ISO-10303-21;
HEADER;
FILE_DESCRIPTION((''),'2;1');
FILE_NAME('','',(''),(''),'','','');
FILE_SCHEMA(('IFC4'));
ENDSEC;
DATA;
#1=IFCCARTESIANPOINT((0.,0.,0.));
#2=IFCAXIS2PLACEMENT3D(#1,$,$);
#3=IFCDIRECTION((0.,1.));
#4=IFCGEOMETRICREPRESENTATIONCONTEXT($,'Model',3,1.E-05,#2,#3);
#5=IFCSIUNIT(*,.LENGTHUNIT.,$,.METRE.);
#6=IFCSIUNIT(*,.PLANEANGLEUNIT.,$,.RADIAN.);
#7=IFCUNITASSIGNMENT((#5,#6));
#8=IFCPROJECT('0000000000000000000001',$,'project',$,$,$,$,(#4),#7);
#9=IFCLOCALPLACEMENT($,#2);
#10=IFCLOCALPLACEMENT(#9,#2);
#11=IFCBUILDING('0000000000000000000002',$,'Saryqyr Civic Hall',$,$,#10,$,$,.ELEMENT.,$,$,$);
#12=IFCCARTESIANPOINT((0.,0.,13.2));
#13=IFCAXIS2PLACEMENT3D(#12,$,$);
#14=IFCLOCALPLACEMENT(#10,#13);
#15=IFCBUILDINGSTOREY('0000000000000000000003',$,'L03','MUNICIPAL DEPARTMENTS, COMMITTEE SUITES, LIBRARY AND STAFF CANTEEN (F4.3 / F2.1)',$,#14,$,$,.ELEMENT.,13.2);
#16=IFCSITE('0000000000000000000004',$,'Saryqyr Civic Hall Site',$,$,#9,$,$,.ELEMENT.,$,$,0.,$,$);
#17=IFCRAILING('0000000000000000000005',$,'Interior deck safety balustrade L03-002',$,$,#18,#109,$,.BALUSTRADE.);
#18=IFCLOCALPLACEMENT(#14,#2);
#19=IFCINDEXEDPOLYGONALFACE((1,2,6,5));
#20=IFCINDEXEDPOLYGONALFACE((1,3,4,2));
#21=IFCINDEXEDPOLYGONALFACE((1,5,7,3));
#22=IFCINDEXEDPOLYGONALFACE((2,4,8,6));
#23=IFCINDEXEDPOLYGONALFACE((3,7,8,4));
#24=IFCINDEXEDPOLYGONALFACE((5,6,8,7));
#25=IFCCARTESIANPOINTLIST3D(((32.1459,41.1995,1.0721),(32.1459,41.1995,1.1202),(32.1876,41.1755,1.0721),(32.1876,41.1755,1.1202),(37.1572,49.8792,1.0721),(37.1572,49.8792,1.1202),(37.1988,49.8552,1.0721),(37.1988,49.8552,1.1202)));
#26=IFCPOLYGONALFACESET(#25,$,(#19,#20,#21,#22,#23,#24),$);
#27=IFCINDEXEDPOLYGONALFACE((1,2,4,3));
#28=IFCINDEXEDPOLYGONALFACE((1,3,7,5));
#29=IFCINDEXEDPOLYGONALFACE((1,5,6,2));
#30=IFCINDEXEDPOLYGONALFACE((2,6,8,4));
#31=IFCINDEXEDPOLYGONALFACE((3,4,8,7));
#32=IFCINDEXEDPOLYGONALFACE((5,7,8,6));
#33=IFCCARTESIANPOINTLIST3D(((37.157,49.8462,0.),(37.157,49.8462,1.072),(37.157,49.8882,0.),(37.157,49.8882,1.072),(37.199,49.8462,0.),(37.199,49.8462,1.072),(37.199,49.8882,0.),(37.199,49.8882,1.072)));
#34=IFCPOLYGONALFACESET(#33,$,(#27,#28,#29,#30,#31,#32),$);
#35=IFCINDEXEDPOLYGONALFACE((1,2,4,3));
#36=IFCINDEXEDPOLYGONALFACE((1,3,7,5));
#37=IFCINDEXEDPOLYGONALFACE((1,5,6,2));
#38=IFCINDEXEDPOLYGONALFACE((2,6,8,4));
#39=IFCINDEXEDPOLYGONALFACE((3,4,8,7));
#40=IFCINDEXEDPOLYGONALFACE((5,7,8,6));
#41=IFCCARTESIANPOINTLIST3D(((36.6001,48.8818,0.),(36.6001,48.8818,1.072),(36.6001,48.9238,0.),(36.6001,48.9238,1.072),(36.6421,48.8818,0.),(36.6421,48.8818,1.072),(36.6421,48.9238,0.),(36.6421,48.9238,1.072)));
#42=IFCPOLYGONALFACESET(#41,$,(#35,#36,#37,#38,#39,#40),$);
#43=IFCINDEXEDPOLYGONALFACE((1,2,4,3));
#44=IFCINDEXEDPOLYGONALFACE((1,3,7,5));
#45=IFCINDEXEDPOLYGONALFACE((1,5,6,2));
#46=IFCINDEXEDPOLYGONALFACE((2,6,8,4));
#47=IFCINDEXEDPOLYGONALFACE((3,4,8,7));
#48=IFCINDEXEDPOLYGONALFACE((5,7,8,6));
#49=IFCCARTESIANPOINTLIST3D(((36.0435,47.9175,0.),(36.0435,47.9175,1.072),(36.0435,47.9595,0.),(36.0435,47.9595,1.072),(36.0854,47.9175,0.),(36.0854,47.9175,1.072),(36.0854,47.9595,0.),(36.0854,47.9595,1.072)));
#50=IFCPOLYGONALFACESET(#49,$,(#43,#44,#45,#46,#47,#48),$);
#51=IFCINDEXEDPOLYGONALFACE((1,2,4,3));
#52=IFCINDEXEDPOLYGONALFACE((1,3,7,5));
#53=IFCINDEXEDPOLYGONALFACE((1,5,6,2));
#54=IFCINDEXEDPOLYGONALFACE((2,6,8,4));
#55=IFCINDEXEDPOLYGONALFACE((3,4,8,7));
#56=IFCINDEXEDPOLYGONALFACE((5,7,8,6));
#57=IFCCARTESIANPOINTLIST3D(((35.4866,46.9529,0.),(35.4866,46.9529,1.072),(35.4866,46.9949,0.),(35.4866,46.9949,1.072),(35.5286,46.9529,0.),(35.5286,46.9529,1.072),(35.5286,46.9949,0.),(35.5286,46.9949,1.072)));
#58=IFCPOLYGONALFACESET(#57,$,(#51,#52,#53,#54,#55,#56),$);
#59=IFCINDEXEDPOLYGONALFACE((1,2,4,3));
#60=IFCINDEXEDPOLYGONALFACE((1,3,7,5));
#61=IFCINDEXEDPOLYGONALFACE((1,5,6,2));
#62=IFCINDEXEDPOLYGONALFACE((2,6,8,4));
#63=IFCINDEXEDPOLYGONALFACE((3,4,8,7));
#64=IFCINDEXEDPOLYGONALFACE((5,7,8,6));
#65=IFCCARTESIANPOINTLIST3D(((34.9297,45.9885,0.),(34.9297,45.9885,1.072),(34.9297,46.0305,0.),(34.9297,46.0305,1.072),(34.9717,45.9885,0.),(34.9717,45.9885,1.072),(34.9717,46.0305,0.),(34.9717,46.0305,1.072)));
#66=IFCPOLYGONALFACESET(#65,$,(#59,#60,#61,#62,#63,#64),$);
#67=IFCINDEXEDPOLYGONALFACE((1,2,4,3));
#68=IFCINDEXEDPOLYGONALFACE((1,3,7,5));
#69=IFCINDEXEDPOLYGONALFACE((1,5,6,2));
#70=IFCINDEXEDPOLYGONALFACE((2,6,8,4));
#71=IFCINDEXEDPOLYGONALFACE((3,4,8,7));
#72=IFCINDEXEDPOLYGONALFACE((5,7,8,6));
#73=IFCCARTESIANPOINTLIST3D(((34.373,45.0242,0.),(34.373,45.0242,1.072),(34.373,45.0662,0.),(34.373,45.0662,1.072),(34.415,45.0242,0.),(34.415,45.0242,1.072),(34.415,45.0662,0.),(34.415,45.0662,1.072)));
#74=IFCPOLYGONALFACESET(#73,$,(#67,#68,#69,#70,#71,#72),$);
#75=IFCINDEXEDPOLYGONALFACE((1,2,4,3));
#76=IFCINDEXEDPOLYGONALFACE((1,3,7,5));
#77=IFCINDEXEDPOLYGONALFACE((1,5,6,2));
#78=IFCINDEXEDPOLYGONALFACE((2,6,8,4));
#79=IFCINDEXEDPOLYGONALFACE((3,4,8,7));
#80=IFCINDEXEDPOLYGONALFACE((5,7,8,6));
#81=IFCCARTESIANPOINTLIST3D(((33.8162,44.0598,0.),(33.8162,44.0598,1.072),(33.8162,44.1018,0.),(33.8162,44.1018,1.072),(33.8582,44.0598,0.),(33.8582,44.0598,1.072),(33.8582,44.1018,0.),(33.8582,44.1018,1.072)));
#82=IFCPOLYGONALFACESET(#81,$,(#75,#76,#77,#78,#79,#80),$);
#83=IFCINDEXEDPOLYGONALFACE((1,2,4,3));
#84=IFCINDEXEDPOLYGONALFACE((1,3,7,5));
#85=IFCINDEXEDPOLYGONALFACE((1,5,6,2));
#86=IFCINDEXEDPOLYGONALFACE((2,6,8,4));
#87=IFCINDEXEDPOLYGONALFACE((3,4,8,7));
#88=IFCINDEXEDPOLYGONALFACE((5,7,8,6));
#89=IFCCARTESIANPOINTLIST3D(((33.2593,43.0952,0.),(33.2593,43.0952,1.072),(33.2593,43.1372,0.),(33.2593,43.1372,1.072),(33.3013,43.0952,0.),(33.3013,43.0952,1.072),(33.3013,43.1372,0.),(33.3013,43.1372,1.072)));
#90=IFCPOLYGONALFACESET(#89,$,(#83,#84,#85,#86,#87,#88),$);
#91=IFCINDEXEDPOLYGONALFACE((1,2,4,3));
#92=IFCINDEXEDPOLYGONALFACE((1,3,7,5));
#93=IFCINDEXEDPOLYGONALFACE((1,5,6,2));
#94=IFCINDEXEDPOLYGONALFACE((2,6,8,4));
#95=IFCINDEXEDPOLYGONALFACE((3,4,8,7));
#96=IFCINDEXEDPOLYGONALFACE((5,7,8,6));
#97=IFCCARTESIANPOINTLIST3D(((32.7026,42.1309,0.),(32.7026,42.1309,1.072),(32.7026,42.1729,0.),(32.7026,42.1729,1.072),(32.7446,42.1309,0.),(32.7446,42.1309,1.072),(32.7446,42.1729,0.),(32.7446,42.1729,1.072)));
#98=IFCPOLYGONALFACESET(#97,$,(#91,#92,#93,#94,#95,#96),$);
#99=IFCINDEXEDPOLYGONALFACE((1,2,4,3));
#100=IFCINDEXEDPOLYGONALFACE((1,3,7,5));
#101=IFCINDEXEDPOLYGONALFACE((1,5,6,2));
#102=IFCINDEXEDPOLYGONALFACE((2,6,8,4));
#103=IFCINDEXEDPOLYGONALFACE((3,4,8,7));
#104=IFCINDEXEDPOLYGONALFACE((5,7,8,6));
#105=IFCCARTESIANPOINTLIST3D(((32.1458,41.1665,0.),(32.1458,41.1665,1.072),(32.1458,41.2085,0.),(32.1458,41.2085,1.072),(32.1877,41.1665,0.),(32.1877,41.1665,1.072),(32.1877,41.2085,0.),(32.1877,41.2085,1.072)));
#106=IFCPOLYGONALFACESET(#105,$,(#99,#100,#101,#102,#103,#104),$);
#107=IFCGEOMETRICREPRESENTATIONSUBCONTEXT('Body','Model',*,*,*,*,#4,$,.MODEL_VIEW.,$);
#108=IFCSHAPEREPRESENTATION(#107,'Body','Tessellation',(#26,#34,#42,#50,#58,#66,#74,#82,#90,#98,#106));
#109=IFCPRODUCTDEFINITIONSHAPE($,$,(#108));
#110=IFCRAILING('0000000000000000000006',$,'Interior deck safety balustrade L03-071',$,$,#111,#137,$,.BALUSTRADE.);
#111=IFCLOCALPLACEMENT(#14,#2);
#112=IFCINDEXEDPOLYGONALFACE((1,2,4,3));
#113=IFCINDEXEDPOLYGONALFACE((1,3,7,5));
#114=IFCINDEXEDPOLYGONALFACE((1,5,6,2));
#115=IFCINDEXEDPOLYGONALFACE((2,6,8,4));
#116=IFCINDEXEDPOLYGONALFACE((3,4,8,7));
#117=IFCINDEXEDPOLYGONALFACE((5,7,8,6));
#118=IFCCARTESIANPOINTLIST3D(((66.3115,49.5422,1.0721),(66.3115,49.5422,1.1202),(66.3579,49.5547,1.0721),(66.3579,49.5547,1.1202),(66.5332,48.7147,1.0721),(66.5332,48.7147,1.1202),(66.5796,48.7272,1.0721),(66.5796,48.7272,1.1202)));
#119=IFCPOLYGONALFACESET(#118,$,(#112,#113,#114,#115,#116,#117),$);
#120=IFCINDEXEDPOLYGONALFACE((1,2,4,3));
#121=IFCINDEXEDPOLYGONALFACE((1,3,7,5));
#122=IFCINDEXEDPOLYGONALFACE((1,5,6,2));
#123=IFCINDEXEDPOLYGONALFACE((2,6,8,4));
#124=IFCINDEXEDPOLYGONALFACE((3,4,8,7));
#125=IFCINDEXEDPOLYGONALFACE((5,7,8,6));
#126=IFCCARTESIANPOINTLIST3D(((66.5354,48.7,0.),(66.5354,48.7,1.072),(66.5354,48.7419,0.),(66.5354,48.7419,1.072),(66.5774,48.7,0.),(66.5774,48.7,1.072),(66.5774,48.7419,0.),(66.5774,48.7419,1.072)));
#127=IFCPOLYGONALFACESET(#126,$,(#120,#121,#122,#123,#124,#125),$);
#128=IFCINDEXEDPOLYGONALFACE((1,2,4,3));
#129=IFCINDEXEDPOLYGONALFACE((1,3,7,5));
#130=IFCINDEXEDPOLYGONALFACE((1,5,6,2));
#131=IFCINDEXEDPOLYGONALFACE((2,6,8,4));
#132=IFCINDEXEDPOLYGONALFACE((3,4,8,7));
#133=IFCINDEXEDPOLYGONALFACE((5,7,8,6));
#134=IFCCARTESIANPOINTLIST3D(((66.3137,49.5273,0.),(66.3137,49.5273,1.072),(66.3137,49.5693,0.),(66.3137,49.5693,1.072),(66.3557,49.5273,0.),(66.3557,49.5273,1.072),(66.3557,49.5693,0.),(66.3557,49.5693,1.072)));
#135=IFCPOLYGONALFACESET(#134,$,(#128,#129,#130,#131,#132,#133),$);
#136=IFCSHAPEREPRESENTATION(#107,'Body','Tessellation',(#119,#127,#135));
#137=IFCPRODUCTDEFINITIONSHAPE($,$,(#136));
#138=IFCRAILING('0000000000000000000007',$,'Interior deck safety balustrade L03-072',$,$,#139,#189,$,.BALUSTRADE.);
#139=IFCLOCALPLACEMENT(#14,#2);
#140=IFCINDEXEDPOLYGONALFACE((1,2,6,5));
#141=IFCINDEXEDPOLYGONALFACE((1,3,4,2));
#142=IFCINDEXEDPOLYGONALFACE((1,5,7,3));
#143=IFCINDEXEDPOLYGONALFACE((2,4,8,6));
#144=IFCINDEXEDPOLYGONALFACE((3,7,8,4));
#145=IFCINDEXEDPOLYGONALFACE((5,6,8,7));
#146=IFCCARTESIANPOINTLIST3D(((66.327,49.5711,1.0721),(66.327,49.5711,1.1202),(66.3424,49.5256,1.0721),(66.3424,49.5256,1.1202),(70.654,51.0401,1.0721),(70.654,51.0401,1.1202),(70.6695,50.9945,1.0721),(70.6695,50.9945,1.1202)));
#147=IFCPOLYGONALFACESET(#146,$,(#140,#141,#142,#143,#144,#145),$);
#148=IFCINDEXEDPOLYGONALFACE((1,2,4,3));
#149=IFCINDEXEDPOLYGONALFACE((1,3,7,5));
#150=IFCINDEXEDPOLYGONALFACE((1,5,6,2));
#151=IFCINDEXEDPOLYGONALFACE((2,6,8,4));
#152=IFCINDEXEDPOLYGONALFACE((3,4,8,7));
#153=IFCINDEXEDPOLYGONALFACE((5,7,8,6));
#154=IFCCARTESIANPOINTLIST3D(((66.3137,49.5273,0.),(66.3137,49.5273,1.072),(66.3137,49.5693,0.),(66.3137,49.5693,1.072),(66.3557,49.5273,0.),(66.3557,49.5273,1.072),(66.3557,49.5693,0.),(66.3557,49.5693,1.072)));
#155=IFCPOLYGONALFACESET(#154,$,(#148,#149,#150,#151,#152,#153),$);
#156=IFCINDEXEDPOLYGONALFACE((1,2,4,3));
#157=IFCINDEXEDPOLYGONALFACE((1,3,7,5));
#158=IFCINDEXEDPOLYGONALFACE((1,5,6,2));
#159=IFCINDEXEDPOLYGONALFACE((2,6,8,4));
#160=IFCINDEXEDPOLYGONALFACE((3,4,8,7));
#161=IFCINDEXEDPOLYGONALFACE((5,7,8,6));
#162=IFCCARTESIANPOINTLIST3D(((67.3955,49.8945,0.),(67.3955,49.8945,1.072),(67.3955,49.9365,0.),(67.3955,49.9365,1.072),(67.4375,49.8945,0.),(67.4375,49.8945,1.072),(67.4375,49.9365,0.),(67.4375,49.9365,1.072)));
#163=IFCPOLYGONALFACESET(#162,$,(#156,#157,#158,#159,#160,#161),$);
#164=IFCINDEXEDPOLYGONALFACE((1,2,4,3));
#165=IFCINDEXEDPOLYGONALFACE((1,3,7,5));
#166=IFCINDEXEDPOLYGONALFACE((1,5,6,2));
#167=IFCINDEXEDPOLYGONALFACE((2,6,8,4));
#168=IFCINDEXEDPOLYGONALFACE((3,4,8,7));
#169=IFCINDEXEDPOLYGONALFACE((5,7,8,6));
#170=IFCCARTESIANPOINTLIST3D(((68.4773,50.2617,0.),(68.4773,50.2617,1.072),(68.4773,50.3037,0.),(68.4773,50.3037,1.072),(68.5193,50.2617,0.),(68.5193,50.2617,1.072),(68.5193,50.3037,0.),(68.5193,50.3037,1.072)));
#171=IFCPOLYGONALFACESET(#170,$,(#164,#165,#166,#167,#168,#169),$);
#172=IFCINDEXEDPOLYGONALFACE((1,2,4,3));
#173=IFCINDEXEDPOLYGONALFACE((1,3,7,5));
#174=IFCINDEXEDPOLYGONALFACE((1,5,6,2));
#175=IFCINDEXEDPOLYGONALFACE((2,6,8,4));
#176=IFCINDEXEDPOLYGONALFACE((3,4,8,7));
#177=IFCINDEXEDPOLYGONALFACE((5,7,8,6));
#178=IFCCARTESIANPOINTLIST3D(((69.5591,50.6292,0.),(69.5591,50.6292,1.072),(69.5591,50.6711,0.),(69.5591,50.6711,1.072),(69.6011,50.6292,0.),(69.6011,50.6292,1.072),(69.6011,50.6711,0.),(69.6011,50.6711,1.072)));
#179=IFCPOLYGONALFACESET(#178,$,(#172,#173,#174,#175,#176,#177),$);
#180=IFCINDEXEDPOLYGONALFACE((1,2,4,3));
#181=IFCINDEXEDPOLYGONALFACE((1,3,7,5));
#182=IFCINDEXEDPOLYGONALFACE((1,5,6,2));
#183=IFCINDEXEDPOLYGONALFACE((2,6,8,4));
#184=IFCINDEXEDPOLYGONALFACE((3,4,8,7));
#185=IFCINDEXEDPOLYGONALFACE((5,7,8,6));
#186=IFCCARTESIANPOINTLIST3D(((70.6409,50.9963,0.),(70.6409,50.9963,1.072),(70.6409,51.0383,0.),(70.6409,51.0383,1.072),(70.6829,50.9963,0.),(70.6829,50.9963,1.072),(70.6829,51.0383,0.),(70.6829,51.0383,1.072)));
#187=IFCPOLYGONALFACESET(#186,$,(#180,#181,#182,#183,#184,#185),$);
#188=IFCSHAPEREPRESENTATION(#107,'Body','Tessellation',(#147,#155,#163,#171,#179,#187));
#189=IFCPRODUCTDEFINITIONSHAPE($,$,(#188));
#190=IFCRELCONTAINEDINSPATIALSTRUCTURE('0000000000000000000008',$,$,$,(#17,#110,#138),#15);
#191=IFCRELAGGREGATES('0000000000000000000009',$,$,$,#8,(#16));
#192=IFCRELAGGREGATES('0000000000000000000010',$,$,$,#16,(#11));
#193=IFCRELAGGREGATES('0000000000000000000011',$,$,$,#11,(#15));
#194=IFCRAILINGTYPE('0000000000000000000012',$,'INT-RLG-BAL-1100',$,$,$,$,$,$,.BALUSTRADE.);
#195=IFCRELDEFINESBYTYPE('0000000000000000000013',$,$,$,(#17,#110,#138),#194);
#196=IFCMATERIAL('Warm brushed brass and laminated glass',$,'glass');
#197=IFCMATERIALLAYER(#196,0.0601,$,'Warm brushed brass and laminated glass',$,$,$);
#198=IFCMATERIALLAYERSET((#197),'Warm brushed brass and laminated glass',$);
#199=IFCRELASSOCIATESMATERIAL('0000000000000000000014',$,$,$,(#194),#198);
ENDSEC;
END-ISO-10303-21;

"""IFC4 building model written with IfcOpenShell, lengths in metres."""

from ifc_helpers import new_model, si_unit, direction, frame, origin, origin_2d, place, context, subcontext, project, spatial, rectangle, extrude, material, layer, layer_set, type_object, element, save


model = new_model("IFC4")

# Units and contexts
model_context = context("Model", 3, precision=1e-05, world=origin(), true_north=direction((0.0, 1.0)))
body_context = subcontext(model_context, "Body", "Model", "MODEL_VIEW")
ifc_project = project(units=[si_unit("LENGTHUNIT", "METRE"), si_unit("PLANEANGLEUNIT", "RADIAN")], contexts=[model_context])

# Site, building, storey
site_placement = place(None, origin())
site = spatial("IfcSite", under=ifc_project, at=site_placement, Name="Saryqyr Civic Hall Site", CompositionType="ELEMENT", RefElevation=0.0)
building_placement = place(site_placement, origin())
building = spatial("IfcBuilding", under=site, at=building_placement, Name="Saryqyr Civic Hall", CompositionType="ELEMENT")
storey_placement = place(building_placement, frame((0.0, 0.0, 13.2)))
storey = spatial("IfcBuildingStorey", under=building, at=storey_placement, Name="L03", Description="MUNICIPAL DEPARTMENTS, COMMITTEE SUITES, LIBRARY AND STAFF CANTEEN (F4.3 / F2.1)", CompositionType="ELEMENT", Elevation=13.2)

# Railings
ifc_material_1 = material(Name="Warm brushed brass and laminated glass", Category="glass")
ifc_layer_1 = layer(ifc_material_1, 0.0601, Name="Warm brushed brass and laminated glass")
ifc_layer_set_1 = layer_set([ifc_layer_1], Name="Warm brushed brass and laminated glass")
railing_type = type_object("IfcRailingType", Name="INT-RLG-BAL-1100", PredefinedType="BALUSTRADE", material=ifc_layer_set_1)
railing_1_placement = place(storey_placement, frame((37.178, 49.8672, 0.0)))
element("IfcRailing", 1, at=railing_1_placement, inside=storey, type_object=railing_type, Name="Interior deck safety balustrade L03-002", PredefinedType="BALUSTRADE", context=body_context, shape_type="SweptSolid", body=[
    extrude(rectangle(XDim=0.0481, YDim=0.0481, at=origin_2d()), frame((0.0, 0.0, 1.0962), z_axis=(-0.500001, -0.866025, 0.0), x_axis=(0.866025, -0.500001, 0.0)), (0.0, 0.0, 1.0), 10.0225),
    extrude(rectangle(XDim=0.042, YDim=0.042, at=origin_2d()), origin(), (0.0, 0.0, 1.0), 1.072),
    extrude(rectangle(XDim=0.042, YDim=0.042, at=origin_2d()), frame((-0.5569, -0.9644, 0.0)), (0.0, 0.0, 1.0), 1.072),
    extrude(rectangle(XDim=0.042, YDim=0.042, at=origin_2d()), frame((-1.1135, -1.9287, 0.0)), (0.0, 0.0, 1.0), 1.072),
    extrude(rectangle(XDim=0.042, YDim=0.042, at=origin_2d()), frame((-1.6704, -2.8933, 0.0)), (0.0, 0.0, 1.0), 1.072),
    extrude(rectangle(XDim=0.042, YDim=0.042, at=origin_2d()), frame((-2.2273, -3.8577, 0.0)), (0.0, 0.0, 1.0), 1.072),
    extrude(rectangle(XDim=0.042, YDim=0.042, at=origin_2d()), frame((-2.7839, -4.822, 0.0)), (0.0, 0.0, 1.0), 1.072),
    extrude(rectangle(XDim=0.042, YDim=0.042, at=origin_2d()), frame((-3.3408, -5.7864, 0.0)), (0.0, 0.0, 1.0), 1.072),
    extrude(rectangle(XDim=0.042, YDim=0.042, at=origin_2d()), frame((-3.8977, -6.751, 0.0)), (0.0, 0.0, 1.0), 1.072),
    extrude(rectangle(XDim=0.042, YDim=0.042, at=origin_2d()), frame((-4.4543, -7.7153, 0.0)), (0.0, 0.0, 1.0), 1.072),
    extrude(rectangle(XDim=0.042, YDim=0.042, at=origin_2d()), frame((-5.0112, -8.6797, 0.0)), (0.0, 0.0, 1.0), 1.072),
])
railing_2_placement = place(storey_placement, frame((66.5564, 48.7209, 0.0)))
element("IfcRailing", 2, at=railing_2_placement, inside=storey, type_object=railing_type, Name="Interior deck safety balustrade L03-071", PredefinedType="BALUSTRADE", context=body_context, shape_type="SweptSolid", body=[
    extrude(rectangle(XDim=0.0481, YDim=0.0481, at=origin_2d()), frame((0.0, 0.0, 1.0962), z_axis=(-0.258798, 0.965932, 0.0), x_axis=(-0.965932, -0.258798, 0.0)), (0.0, 0.0, 1.0), 0.8567),
    extrude(rectangle(XDim=0.042, YDim=0.042, at=origin_2d()), origin(), (0.0, 0.0, 1.0), 1.072),
    extrude(rectangle(XDim=0.042, YDim=0.042, at=origin_2d()), frame((-0.2217, 0.8274, 0.0)), (0.0, 0.0, 1.0), 1.072),
])
railing_3_placement = place(storey_placement, frame((66.3347, 49.5483, 0.0)))
element("IfcRailing", 3, at=railing_3_placement, inside=storey, type_object=railing_type, Name="Interior deck safety balustrade L03-072", PredefinedType="BALUSTRADE", context=body_context, shape_type="SweptSolid", body=[
    extrude(rectangle(XDim=0.0481, YDim=0.0481, at=origin_2d()), frame((0.0, 0.0, 1.0962), z_axis=(0.946922, 0.321464, 0.0), x_axis=(-0.321464, 0.946922, 0.0)), (0.0, 0.0, 1.0), 4.5696),
    extrude(rectangle(XDim=0.042, YDim=0.042, at=origin_2d()), origin(), (0.0, 0.0, 1.0), 1.072),
    extrude(rectangle(XDim=0.042, YDim=0.042, at=origin_2d()), frame((1.0818, 0.3672, 0.0)), (0.0, 0.0, 1.0), 1.072),
    extrude(rectangle(XDim=0.042, YDim=0.042, at=origin_2d()), frame((2.1636, 0.7344, 0.0)), (0.0, 0.0, 1.0), 1.072),
    extrude(rectangle(XDim=0.042, YDim=0.042, at=origin_2d()), frame((3.2454, 1.1018, 0.0)), (0.0, 0.0, 1.0), 1.072),
    extrude(rectangle(XDim=0.042, YDim=0.042, at=origin_2d()), frame((4.3271, 1.469, 0.0)), (0.0, 0.0, 1.0), 1.072),
])

save(model, "model.ifc")
